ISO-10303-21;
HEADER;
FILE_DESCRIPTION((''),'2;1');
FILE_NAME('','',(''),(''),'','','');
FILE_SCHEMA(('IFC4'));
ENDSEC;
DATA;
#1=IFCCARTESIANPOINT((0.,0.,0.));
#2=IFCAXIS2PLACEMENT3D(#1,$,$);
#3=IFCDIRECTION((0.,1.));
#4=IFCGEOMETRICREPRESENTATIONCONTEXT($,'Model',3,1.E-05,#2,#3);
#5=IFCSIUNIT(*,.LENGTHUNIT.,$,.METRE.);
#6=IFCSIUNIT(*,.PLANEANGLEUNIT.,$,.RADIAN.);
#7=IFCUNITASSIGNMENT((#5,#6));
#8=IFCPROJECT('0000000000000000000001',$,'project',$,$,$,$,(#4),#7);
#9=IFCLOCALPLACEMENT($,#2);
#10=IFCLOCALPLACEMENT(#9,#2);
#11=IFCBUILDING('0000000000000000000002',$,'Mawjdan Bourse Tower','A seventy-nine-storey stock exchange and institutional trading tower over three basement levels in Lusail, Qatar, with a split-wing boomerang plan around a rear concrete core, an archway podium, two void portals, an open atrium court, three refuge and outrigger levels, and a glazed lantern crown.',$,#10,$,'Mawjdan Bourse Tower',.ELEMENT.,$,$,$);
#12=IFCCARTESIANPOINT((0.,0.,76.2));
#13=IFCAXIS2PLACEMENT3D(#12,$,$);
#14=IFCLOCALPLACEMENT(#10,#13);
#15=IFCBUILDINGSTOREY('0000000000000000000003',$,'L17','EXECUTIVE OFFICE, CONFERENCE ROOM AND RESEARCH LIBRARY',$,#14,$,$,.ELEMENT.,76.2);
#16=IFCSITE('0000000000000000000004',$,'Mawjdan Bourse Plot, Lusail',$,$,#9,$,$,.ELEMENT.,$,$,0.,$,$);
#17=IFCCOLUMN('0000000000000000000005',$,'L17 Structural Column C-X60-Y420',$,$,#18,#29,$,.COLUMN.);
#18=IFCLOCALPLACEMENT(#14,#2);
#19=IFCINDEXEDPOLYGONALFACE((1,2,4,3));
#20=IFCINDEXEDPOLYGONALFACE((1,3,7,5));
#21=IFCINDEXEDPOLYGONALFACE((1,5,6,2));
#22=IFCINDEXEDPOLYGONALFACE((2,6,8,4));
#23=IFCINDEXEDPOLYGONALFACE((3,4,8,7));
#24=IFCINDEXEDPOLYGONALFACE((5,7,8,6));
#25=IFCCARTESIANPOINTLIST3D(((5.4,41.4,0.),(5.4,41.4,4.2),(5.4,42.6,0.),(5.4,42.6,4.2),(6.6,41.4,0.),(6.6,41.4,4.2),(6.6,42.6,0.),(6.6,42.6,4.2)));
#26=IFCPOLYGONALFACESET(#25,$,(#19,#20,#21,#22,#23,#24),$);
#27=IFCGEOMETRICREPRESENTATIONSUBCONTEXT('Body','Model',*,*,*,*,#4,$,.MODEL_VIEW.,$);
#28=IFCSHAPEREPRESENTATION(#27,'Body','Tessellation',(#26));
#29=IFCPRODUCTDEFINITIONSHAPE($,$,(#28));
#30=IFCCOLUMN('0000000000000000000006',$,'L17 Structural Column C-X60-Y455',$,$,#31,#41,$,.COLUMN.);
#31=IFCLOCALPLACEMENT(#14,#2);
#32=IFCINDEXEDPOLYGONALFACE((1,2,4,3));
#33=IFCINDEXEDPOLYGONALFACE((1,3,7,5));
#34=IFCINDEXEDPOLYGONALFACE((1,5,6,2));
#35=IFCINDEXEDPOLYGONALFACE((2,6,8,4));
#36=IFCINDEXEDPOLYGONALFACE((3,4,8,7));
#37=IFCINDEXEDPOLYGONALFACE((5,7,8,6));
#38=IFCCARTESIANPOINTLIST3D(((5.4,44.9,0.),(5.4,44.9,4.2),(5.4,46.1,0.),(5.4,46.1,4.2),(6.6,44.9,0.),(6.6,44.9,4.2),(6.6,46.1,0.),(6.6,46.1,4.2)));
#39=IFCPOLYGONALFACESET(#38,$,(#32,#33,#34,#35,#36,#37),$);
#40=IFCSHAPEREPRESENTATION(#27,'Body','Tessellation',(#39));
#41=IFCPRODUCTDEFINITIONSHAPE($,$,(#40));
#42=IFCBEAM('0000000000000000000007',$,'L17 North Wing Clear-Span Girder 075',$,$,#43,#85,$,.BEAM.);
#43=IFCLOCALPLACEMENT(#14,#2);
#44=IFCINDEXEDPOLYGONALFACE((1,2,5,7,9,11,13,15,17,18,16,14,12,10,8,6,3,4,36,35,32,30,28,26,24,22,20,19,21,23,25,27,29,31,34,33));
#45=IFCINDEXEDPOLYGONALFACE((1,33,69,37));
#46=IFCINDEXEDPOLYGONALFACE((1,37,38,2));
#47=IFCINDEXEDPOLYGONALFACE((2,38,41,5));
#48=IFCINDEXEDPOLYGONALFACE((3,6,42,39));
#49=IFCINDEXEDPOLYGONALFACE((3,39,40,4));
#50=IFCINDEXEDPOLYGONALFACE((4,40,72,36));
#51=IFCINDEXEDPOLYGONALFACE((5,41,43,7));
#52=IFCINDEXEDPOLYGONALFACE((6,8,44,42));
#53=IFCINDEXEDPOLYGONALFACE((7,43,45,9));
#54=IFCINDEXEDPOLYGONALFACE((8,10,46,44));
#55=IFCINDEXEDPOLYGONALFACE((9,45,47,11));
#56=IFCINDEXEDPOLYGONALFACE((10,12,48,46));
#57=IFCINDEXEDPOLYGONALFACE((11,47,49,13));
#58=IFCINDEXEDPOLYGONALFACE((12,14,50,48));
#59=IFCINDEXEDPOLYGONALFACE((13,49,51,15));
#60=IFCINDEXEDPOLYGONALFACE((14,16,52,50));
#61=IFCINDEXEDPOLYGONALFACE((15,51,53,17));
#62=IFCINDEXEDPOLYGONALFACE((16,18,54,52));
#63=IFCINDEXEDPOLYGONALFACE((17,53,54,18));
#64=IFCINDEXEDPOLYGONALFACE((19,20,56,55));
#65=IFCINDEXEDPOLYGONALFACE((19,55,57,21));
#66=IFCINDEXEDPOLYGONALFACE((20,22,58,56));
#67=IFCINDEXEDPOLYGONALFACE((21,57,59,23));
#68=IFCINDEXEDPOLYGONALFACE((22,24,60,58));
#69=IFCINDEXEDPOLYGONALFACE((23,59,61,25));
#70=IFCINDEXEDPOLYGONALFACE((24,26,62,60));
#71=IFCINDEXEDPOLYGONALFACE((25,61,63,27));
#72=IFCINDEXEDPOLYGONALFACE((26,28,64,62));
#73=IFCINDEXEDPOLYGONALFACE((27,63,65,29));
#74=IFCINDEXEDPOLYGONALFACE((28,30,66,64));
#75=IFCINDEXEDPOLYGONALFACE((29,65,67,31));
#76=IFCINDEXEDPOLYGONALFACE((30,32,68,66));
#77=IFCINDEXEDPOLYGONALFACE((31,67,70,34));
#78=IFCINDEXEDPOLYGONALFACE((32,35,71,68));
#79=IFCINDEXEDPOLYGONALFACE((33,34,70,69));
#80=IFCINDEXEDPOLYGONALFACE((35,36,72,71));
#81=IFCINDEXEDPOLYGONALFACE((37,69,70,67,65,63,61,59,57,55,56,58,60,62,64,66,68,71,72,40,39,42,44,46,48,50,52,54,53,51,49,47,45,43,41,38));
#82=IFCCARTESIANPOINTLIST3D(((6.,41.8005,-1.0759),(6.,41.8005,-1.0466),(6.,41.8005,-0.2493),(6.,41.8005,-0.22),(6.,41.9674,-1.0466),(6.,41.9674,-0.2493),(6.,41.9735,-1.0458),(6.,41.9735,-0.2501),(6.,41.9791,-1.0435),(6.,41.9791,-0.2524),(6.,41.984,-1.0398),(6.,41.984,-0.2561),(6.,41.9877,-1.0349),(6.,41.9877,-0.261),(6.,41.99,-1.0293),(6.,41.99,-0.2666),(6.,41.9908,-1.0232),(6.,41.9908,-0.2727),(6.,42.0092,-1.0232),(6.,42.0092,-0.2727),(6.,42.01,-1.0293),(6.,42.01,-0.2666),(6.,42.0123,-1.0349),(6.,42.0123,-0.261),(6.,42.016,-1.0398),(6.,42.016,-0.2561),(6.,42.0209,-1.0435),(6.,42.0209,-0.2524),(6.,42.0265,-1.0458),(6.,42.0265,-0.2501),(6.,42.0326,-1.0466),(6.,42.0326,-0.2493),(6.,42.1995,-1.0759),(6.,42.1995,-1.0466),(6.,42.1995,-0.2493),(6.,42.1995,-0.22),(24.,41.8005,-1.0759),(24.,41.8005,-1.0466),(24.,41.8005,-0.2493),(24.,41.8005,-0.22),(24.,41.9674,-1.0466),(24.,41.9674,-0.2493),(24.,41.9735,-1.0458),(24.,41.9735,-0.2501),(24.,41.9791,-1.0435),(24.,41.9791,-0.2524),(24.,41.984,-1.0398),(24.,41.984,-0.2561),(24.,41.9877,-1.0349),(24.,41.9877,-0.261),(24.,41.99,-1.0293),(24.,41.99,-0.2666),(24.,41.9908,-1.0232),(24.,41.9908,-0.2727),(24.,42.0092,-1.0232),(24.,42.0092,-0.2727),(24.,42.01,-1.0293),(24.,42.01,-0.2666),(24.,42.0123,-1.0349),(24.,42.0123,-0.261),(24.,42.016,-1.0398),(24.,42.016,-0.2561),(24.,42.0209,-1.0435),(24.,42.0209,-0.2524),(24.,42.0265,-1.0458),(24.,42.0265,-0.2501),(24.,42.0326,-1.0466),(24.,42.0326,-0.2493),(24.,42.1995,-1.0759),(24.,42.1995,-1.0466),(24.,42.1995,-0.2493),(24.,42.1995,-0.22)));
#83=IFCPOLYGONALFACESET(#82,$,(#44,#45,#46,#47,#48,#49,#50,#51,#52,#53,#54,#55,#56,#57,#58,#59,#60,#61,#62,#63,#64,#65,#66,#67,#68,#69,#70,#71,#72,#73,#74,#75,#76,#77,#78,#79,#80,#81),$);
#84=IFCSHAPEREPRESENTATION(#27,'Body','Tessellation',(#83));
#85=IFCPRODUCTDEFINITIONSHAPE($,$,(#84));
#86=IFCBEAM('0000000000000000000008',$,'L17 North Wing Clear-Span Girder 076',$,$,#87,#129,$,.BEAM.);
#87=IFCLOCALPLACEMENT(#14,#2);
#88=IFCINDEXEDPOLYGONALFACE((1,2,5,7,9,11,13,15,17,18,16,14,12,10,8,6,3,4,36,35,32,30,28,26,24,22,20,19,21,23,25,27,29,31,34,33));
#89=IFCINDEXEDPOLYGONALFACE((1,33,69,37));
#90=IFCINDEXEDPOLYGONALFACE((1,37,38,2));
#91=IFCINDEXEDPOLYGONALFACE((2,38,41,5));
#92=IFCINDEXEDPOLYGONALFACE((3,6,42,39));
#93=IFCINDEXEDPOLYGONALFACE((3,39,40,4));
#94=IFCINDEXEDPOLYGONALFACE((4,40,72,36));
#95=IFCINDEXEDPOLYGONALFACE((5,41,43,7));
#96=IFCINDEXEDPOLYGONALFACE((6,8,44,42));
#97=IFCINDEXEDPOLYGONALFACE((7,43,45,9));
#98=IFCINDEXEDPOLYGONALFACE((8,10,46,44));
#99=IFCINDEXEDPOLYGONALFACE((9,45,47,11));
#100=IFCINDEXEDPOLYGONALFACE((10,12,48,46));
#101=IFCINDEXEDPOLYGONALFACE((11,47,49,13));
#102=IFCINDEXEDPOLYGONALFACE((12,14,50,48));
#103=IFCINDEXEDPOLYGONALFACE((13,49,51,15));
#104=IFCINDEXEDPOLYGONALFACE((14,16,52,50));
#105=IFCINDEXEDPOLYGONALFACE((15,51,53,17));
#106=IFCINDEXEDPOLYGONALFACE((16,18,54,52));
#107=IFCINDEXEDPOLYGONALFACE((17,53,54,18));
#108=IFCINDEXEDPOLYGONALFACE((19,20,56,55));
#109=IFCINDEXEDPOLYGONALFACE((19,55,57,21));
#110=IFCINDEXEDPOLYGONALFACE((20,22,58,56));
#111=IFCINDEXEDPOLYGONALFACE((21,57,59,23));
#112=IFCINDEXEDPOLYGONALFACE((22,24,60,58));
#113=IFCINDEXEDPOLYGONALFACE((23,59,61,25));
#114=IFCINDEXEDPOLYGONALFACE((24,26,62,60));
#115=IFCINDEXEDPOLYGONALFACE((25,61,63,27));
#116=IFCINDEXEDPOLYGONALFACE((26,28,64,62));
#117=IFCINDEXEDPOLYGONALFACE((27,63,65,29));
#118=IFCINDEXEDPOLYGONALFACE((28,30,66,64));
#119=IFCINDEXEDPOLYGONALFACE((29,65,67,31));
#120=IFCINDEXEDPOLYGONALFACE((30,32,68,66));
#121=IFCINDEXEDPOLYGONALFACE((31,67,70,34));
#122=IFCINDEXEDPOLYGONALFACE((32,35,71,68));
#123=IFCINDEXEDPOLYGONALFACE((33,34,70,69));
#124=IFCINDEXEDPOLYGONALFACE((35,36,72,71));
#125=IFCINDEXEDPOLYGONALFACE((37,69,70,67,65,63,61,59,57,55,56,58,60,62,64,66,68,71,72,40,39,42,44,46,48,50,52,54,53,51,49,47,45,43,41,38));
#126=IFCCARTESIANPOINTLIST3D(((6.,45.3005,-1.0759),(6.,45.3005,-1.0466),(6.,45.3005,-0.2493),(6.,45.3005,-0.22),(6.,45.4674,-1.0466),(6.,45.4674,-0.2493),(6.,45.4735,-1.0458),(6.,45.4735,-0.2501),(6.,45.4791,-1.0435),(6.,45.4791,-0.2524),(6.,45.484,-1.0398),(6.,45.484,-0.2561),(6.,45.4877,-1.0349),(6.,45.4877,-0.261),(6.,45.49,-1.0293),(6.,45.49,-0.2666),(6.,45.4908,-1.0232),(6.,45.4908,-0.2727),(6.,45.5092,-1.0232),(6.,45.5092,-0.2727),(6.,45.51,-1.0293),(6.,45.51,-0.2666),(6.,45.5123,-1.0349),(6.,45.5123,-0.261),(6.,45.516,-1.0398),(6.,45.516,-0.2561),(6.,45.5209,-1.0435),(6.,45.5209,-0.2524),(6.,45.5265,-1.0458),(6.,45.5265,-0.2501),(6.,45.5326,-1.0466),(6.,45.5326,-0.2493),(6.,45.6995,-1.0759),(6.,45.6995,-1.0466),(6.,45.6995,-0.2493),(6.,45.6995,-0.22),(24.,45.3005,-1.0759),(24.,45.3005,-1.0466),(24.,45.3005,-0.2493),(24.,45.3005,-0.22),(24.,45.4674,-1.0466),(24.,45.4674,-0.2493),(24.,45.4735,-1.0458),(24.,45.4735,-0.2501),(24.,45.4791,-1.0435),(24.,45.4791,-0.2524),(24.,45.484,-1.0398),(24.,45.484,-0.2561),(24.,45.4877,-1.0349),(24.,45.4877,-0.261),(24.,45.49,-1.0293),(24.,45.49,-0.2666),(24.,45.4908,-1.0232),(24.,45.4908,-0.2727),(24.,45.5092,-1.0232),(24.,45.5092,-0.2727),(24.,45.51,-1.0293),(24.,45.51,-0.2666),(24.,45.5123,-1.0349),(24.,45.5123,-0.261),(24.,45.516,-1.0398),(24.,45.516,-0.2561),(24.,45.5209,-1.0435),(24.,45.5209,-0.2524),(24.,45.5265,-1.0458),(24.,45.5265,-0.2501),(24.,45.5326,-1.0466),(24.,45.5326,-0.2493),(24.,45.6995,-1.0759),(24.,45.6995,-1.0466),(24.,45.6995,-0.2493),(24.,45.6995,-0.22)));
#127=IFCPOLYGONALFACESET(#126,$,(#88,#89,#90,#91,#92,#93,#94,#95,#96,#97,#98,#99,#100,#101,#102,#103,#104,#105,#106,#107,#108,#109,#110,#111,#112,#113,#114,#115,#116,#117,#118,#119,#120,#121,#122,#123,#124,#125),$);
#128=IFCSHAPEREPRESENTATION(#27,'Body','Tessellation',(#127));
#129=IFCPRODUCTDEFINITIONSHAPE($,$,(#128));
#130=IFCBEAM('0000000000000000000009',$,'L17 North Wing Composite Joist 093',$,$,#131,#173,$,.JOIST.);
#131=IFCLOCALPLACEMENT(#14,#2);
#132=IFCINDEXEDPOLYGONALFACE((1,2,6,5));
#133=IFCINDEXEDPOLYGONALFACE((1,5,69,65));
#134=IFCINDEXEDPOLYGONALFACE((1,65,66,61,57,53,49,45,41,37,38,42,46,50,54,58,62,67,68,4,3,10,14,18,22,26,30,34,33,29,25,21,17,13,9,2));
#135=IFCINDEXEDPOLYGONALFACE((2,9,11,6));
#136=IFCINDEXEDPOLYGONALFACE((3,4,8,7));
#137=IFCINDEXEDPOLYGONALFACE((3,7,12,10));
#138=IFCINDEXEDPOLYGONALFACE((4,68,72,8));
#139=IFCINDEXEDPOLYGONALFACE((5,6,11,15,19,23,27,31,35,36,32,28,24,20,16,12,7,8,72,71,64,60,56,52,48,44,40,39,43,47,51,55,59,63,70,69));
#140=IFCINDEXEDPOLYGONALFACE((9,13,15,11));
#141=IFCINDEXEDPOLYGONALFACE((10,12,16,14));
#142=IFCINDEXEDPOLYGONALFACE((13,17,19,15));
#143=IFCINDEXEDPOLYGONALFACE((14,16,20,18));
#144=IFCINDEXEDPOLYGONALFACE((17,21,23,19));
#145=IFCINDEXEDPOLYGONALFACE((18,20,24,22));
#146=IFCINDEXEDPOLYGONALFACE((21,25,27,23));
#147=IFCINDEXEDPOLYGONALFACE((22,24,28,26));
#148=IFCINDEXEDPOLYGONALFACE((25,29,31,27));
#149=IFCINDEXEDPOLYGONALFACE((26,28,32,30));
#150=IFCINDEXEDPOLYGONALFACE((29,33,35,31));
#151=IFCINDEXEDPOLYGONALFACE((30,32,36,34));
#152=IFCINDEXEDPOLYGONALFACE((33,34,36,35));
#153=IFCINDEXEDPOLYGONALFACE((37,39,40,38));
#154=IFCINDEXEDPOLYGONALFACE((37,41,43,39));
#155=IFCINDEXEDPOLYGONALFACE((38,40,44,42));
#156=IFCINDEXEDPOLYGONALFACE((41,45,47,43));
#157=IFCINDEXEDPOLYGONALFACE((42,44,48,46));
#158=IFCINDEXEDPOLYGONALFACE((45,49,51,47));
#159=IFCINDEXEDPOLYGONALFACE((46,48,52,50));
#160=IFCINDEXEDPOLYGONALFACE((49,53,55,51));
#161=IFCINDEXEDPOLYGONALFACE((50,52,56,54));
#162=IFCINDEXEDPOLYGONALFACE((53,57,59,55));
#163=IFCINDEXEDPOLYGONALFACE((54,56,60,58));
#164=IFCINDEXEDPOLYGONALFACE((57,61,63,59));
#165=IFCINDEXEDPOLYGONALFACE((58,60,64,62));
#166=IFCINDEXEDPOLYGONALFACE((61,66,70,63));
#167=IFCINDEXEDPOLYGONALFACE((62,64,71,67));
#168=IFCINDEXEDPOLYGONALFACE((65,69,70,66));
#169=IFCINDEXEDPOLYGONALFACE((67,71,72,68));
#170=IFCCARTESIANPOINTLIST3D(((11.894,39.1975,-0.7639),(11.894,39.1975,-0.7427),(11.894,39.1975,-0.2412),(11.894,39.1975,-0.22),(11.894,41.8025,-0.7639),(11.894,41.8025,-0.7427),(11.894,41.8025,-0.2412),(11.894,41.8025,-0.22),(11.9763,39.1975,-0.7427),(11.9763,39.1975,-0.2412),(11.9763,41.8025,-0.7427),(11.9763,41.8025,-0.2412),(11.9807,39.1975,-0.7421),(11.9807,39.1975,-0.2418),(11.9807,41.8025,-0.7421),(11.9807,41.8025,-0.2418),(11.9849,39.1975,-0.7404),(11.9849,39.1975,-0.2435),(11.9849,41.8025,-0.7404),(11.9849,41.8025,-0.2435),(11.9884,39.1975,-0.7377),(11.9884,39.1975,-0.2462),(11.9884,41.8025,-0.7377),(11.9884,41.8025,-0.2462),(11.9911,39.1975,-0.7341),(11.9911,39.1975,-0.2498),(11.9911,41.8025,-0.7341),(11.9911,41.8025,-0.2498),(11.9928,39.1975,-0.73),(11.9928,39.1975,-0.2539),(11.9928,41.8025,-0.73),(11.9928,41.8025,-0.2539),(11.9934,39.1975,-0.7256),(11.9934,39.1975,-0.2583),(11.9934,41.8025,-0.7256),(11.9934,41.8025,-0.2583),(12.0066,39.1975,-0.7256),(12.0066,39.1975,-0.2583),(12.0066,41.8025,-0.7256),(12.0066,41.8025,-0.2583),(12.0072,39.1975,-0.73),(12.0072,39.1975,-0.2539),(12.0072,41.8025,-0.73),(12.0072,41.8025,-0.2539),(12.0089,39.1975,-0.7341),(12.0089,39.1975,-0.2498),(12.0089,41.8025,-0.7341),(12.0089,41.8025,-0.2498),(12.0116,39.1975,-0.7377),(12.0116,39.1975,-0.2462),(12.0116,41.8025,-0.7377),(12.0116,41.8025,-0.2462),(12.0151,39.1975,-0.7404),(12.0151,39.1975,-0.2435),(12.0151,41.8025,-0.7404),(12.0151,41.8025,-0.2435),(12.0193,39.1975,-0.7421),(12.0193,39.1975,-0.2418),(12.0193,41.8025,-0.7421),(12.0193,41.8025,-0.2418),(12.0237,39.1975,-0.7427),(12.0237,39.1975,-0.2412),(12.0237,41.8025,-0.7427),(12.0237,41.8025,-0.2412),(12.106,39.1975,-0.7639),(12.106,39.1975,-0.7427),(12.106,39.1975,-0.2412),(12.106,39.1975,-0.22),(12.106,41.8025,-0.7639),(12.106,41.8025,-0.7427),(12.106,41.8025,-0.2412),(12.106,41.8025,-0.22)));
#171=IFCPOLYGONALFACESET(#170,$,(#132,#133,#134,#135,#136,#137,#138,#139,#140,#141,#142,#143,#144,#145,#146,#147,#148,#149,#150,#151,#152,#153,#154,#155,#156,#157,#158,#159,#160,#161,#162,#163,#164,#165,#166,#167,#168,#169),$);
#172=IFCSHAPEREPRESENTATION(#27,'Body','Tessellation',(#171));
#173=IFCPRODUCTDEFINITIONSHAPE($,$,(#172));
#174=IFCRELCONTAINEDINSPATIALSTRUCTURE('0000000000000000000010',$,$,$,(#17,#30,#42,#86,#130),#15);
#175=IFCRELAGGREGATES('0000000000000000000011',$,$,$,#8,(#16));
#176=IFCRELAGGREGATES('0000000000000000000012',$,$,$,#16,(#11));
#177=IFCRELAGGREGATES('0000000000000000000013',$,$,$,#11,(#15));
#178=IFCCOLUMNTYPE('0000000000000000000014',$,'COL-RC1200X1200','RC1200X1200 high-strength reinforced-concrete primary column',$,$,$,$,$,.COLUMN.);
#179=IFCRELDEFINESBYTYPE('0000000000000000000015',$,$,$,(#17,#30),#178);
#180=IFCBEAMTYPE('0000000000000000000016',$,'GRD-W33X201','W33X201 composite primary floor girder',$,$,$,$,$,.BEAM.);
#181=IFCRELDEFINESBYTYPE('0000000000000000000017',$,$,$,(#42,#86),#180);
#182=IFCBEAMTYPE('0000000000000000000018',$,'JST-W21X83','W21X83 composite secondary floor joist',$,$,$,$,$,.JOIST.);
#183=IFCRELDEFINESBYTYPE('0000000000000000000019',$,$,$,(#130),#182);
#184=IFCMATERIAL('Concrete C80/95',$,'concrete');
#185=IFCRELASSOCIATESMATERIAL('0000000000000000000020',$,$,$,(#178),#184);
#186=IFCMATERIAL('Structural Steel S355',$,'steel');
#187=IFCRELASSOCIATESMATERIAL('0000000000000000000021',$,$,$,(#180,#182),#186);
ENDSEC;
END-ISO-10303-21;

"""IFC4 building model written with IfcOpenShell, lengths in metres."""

from ifc_helpers import new_model, si_unit, direction, frame, origin, origin_2d, place, context, subcontext, project, spatial, rectangle, i_section, extrude, material, material_profile, profile_set, type_object, element, save


model = new_model("IFC4")

# Units and contexts
model_context = context("Model", 3, precision=1e-05, world=origin(), true_north=direction((0.0, 1.0)))
body_context = subcontext(model_context, "Body", "Model", "MODEL_VIEW")
ifc_project = project(units=[si_unit("LENGTHUNIT", "METRE"), si_unit("PLANEANGLEUNIT", "RADIAN")], contexts=[model_context])

# Site, building, storey
site_placement = place(None, origin())
site = spatial("IfcSite", under=ifc_project, at=site_placement, Name="Mawjdan Bourse Plot, Lusail", CompositionType="ELEMENT", RefElevation=0.0)
building_placement = place(site_placement, origin())
building = spatial("IfcBuilding", under=site, at=building_placement, Name="Mawjdan Bourse Tower", Description="A seventy-nine-storey stock exchange and institutional trading tower over three basement levels in Lusail, Qatar, with a split-wing boomerang plan around a rear concrete core, an archway podium, two void portals, an open atrium court, three refuge and outrigger levels, and a glazed lantern crown.", LongName="Mawjdan Bourse Tower", CompositionType="ELEMENT")
storey_placement = place(building_placement, frame((0.0, 0.0, 76.2)))
storey = spatial("IfcBuildingStorey", under=building, at=storey_placement, Name="L17", Description="EXECUTIVE OFFICE, CONFERENCE ROOM AND RESEARCH LIBRARY", CompositionType="ELEMENT", Elevation=76.2)

# Columns
ifc_material_1 = material(Name="Concrete C80/95", Category="concrete")
ifc_material_profile_1 = material_profile(ifc_material_1, rectangle(XDim=1.2, YDim=1.2, at=origin_2d()), Name="RC1200X1200")
ifc_profile_set_1 = profile_set([ifc_material_profile_1], Name="Concrete C80/95")
column_type = type_object("IfcColumnType", Name="COL-RC1200X1200", Description="RC1200X1200 high-strength reinforced-concrete primary column", PredefinedType="COLUMN", material=ifc_profile_set_1)
for number, where, z_axis, x_axis, name in (
    (1, (6.0, 42.0, 0.0), (0.0, 0.0, 1.0), (1.0, 0.0, 0.0), "L17 Structural Column C-X60-Y420"),
    (2, (6.0, 45.5, 0.0), (0.0, 0.0, 1.0), (1.0, 0.0, 0.0), "L17 Structural Column C-X60-Y455"),
):
    element("IfcColumn", number, at=place(storey_placement, frame(where, z_axis=z_axis, x_axis=x_axis)), inside=storey, type_object=column_type, Name=name, PredefinedType="COLUMN", context=body_context, shape_type="SweptSolid", body=[
        extrude(rectangle(XDim=1.2, YDim=1.2, at=origin_2d()), origin(), (0.0, 0.0, 1.0), 4.2),
    ])

# Beams
ifc_material_2 = material(Name="Structural Steel S355", Category="steel")
ifc_material_profile_2 = material_profile(ifc_material_2, i_section(OverallWidth=0.3989, OverallDepth=0.856, WebThickness=0.0183, FlangeThickness=0.0293, FilletRadius=0.0234, at=origin_2d()), Name="W33X201")
ifc_profile_set_2 = profile_set([ifc_material_profile_2], Name="Structural Steel S355")
beam_type_1 = type_object("IfcBeamType", Name="GRD-W33X201", Description="W33X201 composite primary floor girder", PredefinedType="BEAM", material=ifc_profile_set_2)
for number, where, z_axis, x_axis, name in (
    (3, (6.0, 42.0, -0.6479), (1.0, 0.0, 0.0), (0.0, 1.0, 0.0), "L17 North Wing Clear-Span Girder 075"),
    (4, (6.0, 45.5, -0.6479), (1.0, 0.0, 0.0), (0.0, 1.0, 0.0), "L17 North Wing Clear-Span Girder 076"),
):
    element("IfcBeam", number, at=place(storey_placement, frame(where, z_axis=z_axis, x_axis=x_axis)), inside=storey, type_object=beam_type_1, Name=name, PredefinedType="BEAM", context=body_context, shape_type="SweptSolid", body=[
        extrude(i_section(OverallWidth=0.3989, OverallDepth=0.856, WebThickness=0.0183, FlangeThickness=0.0293, FilletRadius=0.0234, at=origin_2d()), origin(), (0.0, 0.0, 1.0), 18.0),
    ])
ifc_material_profile_3 = material_profile(ifc_material_2, i_section(OverallWidth=0.2119, OverallDepth=0.5439, WebThickness=0.0132, FlangeThickness=0.0212, FilletRadius=0.0171, at=origin_2d()), Name="W21X83")
ifc_profile_set_3 = profile_set([ifc_material_profile_3], Name="Structural Steel S355")
beam_type_2 = type_object("IfcBeamType", Name="JST-W21X83", Description="W21X83 composite secondary floor joist", PredefinedType="JOIST", material=ifc_profile_set_3)
beam_1_placement = place(storey_placement, frame((12.0, 39.1975, -0.4919), z_axis=(0.0, 1.0, 0.0), x_axis=(-1.0, 0.0, 0.0)))
element("IfcBeam", 5, at=beam_1_placement, inside=storey, type_object=beam_type_2, Name="L17 North Wing Composite Joist 093", PredefinedType="JOIST", context=body_context, shape_type="SweptSolid", body=[
    extrude(i_section(OverallWidth=0.2119, OverallDepth=0.5439, WebThickness=0.0132, FlangeThickness=0.0212, FilletRadius=0.0171, at=origin_2d()), origin(), (0.0, 0.0, 1.0), 2.605),
])

save(model, "model.ifc")
